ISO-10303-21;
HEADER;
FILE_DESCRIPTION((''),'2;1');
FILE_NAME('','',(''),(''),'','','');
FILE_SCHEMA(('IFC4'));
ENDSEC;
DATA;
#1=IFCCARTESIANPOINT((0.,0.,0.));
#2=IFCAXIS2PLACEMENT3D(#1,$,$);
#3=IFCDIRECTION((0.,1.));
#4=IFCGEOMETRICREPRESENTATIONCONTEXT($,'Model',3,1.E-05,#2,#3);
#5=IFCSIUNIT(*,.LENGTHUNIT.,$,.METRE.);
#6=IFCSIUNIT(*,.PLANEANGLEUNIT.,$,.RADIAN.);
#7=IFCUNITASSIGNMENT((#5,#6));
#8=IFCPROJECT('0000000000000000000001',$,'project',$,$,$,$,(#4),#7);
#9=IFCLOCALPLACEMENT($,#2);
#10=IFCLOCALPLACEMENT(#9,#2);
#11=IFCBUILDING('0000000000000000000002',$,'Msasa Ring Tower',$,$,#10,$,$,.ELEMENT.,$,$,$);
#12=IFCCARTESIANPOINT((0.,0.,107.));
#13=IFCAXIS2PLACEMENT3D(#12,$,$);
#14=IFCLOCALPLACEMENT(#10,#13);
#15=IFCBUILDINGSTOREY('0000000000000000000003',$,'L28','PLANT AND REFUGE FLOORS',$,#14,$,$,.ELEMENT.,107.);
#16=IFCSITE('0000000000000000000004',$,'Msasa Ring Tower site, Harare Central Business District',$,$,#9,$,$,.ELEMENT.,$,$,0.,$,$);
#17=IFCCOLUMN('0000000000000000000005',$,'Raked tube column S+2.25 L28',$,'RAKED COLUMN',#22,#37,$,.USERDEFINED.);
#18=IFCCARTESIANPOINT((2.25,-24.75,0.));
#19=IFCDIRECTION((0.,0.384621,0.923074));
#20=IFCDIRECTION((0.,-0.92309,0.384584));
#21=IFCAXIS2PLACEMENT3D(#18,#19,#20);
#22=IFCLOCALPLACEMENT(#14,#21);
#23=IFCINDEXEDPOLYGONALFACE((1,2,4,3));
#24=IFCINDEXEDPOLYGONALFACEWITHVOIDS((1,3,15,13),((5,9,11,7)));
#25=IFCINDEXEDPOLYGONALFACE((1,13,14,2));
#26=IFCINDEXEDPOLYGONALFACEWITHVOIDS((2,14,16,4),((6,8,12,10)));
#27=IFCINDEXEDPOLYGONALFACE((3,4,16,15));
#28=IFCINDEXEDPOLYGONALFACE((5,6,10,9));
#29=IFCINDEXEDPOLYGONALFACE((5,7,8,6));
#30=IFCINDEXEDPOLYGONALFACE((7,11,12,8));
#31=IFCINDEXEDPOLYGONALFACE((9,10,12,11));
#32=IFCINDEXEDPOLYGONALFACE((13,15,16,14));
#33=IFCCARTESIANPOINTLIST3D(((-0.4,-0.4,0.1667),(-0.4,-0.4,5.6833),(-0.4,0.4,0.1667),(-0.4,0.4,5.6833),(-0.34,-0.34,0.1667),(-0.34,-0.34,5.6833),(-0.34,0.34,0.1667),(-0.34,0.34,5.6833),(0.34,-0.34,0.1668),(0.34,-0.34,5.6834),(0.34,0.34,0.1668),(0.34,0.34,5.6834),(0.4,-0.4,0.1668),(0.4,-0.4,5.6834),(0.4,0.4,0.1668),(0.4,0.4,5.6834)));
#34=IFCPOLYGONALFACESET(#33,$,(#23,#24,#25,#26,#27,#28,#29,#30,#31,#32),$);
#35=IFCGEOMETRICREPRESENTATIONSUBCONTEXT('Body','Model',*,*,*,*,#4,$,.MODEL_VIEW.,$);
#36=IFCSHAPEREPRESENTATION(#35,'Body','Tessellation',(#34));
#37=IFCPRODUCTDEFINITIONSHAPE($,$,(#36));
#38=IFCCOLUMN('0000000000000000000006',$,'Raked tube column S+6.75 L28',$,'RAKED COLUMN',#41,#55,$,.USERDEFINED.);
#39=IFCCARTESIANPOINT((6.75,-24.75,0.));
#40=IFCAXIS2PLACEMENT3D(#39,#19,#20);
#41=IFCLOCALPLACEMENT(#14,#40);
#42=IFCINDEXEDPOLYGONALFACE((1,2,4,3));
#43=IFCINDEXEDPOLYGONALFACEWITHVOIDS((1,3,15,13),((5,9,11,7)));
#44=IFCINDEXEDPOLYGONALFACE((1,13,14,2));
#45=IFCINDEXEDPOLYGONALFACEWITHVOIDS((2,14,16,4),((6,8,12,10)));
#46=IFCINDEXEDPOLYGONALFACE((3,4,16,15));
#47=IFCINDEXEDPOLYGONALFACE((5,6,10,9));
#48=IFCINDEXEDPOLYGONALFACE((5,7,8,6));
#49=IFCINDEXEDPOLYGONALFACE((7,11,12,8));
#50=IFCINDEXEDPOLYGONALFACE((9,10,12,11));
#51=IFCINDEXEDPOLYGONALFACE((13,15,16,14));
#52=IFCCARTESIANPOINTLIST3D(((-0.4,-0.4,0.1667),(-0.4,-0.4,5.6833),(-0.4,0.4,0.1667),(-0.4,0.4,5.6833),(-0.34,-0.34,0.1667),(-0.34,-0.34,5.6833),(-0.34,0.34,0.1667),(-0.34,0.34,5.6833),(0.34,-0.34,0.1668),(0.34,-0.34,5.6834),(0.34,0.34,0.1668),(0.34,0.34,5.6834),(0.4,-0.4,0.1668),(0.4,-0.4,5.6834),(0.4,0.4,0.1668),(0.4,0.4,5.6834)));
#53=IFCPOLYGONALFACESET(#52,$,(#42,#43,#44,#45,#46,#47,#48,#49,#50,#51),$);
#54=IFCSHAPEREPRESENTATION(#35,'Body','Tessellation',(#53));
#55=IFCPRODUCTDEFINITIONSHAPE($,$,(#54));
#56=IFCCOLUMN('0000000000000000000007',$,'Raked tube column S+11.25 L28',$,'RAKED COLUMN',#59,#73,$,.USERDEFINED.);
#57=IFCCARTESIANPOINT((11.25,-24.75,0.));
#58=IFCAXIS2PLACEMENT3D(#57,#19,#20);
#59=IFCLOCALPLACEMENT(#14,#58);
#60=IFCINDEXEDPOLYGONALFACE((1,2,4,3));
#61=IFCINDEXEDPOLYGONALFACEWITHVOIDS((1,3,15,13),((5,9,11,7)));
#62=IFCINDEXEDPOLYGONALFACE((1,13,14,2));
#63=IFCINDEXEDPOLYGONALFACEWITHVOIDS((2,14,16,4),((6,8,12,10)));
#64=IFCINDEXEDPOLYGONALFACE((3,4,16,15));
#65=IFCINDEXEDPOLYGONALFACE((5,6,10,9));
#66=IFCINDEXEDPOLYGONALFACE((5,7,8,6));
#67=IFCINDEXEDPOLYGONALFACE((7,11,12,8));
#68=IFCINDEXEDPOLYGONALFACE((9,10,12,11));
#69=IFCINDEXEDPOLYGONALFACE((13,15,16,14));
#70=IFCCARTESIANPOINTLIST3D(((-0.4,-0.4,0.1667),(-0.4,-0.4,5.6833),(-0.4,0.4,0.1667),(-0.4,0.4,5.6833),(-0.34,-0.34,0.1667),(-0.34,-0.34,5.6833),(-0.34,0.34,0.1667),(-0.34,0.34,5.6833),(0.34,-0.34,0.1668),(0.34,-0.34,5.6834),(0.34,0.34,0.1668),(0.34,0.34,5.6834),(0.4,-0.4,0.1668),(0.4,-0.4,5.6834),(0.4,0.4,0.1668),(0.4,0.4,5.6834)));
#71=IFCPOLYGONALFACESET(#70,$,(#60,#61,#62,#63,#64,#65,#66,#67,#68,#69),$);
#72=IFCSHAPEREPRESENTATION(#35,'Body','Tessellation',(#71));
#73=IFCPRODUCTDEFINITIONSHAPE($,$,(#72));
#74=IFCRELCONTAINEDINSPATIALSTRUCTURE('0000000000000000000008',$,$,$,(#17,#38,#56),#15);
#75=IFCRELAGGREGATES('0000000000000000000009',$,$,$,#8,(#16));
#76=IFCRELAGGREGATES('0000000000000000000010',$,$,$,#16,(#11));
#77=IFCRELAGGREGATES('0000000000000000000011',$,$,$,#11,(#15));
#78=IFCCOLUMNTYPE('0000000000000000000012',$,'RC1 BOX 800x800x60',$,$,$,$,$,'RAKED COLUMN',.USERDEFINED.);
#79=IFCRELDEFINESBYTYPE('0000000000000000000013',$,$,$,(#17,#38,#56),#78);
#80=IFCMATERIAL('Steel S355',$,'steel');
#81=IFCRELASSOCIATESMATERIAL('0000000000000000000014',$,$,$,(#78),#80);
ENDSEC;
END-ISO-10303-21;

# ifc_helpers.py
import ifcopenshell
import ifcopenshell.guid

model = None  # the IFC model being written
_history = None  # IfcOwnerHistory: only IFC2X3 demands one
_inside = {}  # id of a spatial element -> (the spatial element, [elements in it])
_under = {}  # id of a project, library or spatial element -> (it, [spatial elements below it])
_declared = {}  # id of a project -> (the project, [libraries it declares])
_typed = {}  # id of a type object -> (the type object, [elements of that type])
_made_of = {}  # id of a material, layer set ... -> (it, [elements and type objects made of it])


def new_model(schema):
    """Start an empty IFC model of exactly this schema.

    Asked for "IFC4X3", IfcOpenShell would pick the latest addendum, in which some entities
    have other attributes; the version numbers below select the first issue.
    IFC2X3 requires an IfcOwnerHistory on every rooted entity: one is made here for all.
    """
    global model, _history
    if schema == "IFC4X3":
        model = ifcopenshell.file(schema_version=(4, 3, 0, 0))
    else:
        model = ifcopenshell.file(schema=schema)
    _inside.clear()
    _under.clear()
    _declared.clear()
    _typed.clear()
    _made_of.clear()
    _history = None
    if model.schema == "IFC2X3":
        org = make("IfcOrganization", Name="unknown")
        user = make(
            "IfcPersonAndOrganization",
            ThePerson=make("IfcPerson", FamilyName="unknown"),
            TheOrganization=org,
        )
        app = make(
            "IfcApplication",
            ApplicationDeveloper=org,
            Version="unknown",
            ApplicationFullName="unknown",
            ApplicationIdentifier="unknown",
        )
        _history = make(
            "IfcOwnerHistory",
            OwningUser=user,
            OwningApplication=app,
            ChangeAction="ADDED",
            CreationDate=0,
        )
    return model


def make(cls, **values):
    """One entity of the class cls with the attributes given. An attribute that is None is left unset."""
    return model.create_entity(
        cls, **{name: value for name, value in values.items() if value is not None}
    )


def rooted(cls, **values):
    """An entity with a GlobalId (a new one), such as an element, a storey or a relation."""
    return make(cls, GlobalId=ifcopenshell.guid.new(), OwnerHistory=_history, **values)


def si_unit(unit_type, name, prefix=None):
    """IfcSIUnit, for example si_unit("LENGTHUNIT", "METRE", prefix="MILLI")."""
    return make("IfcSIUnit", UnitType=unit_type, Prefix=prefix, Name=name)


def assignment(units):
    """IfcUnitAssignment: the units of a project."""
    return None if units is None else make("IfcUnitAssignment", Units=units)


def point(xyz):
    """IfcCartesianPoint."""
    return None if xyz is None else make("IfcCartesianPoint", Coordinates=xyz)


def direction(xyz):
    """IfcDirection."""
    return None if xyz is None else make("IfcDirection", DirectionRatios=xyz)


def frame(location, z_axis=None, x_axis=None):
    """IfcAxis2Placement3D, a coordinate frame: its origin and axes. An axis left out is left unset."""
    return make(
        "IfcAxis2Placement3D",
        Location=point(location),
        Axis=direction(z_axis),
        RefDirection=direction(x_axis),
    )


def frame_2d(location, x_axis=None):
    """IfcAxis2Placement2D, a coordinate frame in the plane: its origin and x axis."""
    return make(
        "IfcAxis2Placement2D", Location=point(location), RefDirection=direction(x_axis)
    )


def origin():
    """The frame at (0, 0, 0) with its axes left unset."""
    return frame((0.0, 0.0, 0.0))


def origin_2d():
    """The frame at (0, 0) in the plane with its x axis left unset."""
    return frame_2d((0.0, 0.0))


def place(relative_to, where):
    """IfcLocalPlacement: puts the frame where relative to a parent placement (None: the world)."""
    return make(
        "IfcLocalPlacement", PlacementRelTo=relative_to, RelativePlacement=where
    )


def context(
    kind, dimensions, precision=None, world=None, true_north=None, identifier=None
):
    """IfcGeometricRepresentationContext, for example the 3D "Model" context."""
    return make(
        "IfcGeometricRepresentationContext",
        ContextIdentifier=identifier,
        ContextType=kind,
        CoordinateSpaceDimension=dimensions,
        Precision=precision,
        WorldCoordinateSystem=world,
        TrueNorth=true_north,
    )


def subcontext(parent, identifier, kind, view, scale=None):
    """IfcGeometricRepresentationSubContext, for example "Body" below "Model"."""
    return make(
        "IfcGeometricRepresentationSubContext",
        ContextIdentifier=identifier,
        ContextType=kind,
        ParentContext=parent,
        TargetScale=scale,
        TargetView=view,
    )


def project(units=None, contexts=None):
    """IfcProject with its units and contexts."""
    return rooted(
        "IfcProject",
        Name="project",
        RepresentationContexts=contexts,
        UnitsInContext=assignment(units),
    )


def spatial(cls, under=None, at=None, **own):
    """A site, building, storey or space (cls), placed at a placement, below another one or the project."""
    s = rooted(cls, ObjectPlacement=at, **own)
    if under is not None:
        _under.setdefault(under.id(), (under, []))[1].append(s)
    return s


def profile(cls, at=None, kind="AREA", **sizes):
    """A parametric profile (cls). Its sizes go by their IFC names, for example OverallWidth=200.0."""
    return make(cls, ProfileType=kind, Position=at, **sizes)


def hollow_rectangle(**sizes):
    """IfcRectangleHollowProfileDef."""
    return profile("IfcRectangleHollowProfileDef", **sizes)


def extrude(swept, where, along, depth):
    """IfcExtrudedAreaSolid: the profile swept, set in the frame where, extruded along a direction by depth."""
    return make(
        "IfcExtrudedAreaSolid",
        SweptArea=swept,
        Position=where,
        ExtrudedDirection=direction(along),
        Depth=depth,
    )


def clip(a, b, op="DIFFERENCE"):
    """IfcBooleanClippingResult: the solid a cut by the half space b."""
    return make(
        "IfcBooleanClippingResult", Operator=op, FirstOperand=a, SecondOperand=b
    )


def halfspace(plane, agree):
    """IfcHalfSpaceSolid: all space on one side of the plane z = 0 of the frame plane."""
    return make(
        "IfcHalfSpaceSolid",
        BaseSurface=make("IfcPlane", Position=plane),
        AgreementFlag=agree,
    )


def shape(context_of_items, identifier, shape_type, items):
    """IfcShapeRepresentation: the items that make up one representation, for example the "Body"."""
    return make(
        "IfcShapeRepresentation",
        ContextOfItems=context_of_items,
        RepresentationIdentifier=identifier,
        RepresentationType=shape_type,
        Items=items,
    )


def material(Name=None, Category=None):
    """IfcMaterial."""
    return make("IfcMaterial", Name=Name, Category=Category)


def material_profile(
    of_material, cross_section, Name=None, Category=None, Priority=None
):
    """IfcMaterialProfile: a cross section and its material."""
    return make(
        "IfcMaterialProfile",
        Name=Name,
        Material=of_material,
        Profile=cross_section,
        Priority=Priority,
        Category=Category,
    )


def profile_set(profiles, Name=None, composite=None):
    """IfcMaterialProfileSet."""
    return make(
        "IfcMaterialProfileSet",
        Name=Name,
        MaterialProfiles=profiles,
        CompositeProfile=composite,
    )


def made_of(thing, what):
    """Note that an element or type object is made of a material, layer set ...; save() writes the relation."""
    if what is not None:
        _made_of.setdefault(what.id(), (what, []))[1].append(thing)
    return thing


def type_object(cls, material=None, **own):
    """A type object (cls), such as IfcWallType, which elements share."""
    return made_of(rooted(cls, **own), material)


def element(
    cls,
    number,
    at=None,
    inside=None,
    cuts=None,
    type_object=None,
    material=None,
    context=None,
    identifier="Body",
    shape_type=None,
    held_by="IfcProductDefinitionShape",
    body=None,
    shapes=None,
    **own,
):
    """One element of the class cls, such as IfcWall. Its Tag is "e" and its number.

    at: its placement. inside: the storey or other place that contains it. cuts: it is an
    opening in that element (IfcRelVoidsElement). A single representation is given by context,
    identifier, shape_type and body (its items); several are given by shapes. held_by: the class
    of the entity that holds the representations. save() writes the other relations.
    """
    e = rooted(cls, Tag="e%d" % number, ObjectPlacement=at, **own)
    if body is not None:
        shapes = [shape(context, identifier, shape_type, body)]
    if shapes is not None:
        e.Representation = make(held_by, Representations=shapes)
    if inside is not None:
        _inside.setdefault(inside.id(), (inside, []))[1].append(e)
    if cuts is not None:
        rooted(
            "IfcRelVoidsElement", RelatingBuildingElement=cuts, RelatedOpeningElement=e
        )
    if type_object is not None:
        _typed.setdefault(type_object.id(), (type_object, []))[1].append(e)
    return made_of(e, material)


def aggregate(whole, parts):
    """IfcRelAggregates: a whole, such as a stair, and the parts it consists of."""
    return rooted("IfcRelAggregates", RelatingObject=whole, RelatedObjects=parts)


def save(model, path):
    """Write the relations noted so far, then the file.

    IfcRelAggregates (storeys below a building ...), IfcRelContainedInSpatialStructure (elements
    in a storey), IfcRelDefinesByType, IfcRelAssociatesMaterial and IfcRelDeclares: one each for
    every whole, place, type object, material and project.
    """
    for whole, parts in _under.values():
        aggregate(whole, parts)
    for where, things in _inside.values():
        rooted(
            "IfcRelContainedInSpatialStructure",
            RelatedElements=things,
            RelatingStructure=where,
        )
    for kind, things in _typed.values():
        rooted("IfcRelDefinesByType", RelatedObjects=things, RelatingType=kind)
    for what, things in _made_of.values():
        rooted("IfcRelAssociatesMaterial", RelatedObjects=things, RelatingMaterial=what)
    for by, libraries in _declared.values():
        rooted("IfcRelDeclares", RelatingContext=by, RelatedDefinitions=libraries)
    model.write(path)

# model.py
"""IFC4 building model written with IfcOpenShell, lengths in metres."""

from ifc_helpers import new_model, si_unit, direction, frame, origin, origin_2d, place, context, subcontext, project, spatial, hollow_rectangle, extrude, clip, halfspace, material, material_profile, profile_set, type_object, element, save


model = new_model("IFC4")

# Units and contexts
model_context = context("Model", 3, precision=1e-05, world=origin(), true_north=direction((0.0, 1.0)))
body_context = subcontext(model_context, "Body", "Model", "MODEL_VIEW")
ifc_project = project(units=[si_unit("LENGTHUNIT", "METRE"), si_unit("PLANEANGLEUNIT", "RADIAN")], contexts=[model_context])

# Site, building, storey
site_placement = place(None, origin())
site = spatial("IfcSite", under=ifc_project, at=site_placement, Name="Msasa Ring Tower site, Harare Central Business District", CompositionType="ELEMENT", RefElevation=0.0)
building_placement = place(site_placement, origin())
building = spatial("IfcBuilding", under=site, at=building_placement, Name="Msasa Ring Tower", CompositionType="ELEMENT")
storey_placement = place(building_placement, frame((0.0, 0.0, 107.0)))
storey = spatial("IfcBuildingStorey", under=building, at=storey_placement, Name="L28", Description="PLANT AND REFUGE FLOORS", CompositionType="ELEMENT", Elevation=107.0)

# Columns
ifc_material_1 = material(Name="Steel S355", Category="steel")
ifc_material_profile_1 = material_profile(ifc_material_1, hollow_rectangle(XDim=0.8, YDim=0.8, WallThickness=0.0601, at=origin_2d()), Name="BOX 800x800x60")
ifc_profile_set_1 = profile_set([ifc_material_profile_1], Name="Steel S355")
column_type = type_object("IfcColumnType", Name="RC1 BOX 800x800x60", ElementType="RAKED COLUMN", PredefinedType="USERDEFINED", material=ifc_profile_set_1)
for number, where, z_axis, x_axis, name in (
    (1, (2.25, -24.75, 0.0), (0.0, 0.384621, 0.923074), (0.0, -0.92309, 0.384584), "Raked tube column S+2.25 L28"),
    (2, (6.75, -24.75, 0.0), (0.0, 0.384621, 0.923074), (0.0, -0.92309, 0.384584), "Raked tube column S+6.75 L28"),
    (3, (11.25, -24.75, 0.0), (0.0, 0.384621, 0.923074), (0.0, -0.92309, 0.384584), "Raked tube column S+11.25 L28"),
):
    element("IfcColumn", number, at=place(storey_placement, frame(where, z_axis=z_axis, x_axis=x_axis)), inside=storey, type_object=column_type, Name=name, ObjectType="RAKED COLUMN", PredefinedType="USERDEFINED", context=body_context, shape_type="Clipping", body=[
        clip(clip(extrude(hollow_rectangle(XDim=0.8, YDim=0.8, WallThickness=0.0601, at=origin_2d()), origin(), (0.0, 0.0, 1.0), 5.8499), halfspace(frame((0.0, 0.0, 0.1667), z_axis=(0.0, 0.0, 1.0)), True)), halfspace(frame((0.0, 0.0, 5.6833), z_axis=(0.0, 0.0, -1.0)), True)),
    ])

save(model, "model.ifc")
